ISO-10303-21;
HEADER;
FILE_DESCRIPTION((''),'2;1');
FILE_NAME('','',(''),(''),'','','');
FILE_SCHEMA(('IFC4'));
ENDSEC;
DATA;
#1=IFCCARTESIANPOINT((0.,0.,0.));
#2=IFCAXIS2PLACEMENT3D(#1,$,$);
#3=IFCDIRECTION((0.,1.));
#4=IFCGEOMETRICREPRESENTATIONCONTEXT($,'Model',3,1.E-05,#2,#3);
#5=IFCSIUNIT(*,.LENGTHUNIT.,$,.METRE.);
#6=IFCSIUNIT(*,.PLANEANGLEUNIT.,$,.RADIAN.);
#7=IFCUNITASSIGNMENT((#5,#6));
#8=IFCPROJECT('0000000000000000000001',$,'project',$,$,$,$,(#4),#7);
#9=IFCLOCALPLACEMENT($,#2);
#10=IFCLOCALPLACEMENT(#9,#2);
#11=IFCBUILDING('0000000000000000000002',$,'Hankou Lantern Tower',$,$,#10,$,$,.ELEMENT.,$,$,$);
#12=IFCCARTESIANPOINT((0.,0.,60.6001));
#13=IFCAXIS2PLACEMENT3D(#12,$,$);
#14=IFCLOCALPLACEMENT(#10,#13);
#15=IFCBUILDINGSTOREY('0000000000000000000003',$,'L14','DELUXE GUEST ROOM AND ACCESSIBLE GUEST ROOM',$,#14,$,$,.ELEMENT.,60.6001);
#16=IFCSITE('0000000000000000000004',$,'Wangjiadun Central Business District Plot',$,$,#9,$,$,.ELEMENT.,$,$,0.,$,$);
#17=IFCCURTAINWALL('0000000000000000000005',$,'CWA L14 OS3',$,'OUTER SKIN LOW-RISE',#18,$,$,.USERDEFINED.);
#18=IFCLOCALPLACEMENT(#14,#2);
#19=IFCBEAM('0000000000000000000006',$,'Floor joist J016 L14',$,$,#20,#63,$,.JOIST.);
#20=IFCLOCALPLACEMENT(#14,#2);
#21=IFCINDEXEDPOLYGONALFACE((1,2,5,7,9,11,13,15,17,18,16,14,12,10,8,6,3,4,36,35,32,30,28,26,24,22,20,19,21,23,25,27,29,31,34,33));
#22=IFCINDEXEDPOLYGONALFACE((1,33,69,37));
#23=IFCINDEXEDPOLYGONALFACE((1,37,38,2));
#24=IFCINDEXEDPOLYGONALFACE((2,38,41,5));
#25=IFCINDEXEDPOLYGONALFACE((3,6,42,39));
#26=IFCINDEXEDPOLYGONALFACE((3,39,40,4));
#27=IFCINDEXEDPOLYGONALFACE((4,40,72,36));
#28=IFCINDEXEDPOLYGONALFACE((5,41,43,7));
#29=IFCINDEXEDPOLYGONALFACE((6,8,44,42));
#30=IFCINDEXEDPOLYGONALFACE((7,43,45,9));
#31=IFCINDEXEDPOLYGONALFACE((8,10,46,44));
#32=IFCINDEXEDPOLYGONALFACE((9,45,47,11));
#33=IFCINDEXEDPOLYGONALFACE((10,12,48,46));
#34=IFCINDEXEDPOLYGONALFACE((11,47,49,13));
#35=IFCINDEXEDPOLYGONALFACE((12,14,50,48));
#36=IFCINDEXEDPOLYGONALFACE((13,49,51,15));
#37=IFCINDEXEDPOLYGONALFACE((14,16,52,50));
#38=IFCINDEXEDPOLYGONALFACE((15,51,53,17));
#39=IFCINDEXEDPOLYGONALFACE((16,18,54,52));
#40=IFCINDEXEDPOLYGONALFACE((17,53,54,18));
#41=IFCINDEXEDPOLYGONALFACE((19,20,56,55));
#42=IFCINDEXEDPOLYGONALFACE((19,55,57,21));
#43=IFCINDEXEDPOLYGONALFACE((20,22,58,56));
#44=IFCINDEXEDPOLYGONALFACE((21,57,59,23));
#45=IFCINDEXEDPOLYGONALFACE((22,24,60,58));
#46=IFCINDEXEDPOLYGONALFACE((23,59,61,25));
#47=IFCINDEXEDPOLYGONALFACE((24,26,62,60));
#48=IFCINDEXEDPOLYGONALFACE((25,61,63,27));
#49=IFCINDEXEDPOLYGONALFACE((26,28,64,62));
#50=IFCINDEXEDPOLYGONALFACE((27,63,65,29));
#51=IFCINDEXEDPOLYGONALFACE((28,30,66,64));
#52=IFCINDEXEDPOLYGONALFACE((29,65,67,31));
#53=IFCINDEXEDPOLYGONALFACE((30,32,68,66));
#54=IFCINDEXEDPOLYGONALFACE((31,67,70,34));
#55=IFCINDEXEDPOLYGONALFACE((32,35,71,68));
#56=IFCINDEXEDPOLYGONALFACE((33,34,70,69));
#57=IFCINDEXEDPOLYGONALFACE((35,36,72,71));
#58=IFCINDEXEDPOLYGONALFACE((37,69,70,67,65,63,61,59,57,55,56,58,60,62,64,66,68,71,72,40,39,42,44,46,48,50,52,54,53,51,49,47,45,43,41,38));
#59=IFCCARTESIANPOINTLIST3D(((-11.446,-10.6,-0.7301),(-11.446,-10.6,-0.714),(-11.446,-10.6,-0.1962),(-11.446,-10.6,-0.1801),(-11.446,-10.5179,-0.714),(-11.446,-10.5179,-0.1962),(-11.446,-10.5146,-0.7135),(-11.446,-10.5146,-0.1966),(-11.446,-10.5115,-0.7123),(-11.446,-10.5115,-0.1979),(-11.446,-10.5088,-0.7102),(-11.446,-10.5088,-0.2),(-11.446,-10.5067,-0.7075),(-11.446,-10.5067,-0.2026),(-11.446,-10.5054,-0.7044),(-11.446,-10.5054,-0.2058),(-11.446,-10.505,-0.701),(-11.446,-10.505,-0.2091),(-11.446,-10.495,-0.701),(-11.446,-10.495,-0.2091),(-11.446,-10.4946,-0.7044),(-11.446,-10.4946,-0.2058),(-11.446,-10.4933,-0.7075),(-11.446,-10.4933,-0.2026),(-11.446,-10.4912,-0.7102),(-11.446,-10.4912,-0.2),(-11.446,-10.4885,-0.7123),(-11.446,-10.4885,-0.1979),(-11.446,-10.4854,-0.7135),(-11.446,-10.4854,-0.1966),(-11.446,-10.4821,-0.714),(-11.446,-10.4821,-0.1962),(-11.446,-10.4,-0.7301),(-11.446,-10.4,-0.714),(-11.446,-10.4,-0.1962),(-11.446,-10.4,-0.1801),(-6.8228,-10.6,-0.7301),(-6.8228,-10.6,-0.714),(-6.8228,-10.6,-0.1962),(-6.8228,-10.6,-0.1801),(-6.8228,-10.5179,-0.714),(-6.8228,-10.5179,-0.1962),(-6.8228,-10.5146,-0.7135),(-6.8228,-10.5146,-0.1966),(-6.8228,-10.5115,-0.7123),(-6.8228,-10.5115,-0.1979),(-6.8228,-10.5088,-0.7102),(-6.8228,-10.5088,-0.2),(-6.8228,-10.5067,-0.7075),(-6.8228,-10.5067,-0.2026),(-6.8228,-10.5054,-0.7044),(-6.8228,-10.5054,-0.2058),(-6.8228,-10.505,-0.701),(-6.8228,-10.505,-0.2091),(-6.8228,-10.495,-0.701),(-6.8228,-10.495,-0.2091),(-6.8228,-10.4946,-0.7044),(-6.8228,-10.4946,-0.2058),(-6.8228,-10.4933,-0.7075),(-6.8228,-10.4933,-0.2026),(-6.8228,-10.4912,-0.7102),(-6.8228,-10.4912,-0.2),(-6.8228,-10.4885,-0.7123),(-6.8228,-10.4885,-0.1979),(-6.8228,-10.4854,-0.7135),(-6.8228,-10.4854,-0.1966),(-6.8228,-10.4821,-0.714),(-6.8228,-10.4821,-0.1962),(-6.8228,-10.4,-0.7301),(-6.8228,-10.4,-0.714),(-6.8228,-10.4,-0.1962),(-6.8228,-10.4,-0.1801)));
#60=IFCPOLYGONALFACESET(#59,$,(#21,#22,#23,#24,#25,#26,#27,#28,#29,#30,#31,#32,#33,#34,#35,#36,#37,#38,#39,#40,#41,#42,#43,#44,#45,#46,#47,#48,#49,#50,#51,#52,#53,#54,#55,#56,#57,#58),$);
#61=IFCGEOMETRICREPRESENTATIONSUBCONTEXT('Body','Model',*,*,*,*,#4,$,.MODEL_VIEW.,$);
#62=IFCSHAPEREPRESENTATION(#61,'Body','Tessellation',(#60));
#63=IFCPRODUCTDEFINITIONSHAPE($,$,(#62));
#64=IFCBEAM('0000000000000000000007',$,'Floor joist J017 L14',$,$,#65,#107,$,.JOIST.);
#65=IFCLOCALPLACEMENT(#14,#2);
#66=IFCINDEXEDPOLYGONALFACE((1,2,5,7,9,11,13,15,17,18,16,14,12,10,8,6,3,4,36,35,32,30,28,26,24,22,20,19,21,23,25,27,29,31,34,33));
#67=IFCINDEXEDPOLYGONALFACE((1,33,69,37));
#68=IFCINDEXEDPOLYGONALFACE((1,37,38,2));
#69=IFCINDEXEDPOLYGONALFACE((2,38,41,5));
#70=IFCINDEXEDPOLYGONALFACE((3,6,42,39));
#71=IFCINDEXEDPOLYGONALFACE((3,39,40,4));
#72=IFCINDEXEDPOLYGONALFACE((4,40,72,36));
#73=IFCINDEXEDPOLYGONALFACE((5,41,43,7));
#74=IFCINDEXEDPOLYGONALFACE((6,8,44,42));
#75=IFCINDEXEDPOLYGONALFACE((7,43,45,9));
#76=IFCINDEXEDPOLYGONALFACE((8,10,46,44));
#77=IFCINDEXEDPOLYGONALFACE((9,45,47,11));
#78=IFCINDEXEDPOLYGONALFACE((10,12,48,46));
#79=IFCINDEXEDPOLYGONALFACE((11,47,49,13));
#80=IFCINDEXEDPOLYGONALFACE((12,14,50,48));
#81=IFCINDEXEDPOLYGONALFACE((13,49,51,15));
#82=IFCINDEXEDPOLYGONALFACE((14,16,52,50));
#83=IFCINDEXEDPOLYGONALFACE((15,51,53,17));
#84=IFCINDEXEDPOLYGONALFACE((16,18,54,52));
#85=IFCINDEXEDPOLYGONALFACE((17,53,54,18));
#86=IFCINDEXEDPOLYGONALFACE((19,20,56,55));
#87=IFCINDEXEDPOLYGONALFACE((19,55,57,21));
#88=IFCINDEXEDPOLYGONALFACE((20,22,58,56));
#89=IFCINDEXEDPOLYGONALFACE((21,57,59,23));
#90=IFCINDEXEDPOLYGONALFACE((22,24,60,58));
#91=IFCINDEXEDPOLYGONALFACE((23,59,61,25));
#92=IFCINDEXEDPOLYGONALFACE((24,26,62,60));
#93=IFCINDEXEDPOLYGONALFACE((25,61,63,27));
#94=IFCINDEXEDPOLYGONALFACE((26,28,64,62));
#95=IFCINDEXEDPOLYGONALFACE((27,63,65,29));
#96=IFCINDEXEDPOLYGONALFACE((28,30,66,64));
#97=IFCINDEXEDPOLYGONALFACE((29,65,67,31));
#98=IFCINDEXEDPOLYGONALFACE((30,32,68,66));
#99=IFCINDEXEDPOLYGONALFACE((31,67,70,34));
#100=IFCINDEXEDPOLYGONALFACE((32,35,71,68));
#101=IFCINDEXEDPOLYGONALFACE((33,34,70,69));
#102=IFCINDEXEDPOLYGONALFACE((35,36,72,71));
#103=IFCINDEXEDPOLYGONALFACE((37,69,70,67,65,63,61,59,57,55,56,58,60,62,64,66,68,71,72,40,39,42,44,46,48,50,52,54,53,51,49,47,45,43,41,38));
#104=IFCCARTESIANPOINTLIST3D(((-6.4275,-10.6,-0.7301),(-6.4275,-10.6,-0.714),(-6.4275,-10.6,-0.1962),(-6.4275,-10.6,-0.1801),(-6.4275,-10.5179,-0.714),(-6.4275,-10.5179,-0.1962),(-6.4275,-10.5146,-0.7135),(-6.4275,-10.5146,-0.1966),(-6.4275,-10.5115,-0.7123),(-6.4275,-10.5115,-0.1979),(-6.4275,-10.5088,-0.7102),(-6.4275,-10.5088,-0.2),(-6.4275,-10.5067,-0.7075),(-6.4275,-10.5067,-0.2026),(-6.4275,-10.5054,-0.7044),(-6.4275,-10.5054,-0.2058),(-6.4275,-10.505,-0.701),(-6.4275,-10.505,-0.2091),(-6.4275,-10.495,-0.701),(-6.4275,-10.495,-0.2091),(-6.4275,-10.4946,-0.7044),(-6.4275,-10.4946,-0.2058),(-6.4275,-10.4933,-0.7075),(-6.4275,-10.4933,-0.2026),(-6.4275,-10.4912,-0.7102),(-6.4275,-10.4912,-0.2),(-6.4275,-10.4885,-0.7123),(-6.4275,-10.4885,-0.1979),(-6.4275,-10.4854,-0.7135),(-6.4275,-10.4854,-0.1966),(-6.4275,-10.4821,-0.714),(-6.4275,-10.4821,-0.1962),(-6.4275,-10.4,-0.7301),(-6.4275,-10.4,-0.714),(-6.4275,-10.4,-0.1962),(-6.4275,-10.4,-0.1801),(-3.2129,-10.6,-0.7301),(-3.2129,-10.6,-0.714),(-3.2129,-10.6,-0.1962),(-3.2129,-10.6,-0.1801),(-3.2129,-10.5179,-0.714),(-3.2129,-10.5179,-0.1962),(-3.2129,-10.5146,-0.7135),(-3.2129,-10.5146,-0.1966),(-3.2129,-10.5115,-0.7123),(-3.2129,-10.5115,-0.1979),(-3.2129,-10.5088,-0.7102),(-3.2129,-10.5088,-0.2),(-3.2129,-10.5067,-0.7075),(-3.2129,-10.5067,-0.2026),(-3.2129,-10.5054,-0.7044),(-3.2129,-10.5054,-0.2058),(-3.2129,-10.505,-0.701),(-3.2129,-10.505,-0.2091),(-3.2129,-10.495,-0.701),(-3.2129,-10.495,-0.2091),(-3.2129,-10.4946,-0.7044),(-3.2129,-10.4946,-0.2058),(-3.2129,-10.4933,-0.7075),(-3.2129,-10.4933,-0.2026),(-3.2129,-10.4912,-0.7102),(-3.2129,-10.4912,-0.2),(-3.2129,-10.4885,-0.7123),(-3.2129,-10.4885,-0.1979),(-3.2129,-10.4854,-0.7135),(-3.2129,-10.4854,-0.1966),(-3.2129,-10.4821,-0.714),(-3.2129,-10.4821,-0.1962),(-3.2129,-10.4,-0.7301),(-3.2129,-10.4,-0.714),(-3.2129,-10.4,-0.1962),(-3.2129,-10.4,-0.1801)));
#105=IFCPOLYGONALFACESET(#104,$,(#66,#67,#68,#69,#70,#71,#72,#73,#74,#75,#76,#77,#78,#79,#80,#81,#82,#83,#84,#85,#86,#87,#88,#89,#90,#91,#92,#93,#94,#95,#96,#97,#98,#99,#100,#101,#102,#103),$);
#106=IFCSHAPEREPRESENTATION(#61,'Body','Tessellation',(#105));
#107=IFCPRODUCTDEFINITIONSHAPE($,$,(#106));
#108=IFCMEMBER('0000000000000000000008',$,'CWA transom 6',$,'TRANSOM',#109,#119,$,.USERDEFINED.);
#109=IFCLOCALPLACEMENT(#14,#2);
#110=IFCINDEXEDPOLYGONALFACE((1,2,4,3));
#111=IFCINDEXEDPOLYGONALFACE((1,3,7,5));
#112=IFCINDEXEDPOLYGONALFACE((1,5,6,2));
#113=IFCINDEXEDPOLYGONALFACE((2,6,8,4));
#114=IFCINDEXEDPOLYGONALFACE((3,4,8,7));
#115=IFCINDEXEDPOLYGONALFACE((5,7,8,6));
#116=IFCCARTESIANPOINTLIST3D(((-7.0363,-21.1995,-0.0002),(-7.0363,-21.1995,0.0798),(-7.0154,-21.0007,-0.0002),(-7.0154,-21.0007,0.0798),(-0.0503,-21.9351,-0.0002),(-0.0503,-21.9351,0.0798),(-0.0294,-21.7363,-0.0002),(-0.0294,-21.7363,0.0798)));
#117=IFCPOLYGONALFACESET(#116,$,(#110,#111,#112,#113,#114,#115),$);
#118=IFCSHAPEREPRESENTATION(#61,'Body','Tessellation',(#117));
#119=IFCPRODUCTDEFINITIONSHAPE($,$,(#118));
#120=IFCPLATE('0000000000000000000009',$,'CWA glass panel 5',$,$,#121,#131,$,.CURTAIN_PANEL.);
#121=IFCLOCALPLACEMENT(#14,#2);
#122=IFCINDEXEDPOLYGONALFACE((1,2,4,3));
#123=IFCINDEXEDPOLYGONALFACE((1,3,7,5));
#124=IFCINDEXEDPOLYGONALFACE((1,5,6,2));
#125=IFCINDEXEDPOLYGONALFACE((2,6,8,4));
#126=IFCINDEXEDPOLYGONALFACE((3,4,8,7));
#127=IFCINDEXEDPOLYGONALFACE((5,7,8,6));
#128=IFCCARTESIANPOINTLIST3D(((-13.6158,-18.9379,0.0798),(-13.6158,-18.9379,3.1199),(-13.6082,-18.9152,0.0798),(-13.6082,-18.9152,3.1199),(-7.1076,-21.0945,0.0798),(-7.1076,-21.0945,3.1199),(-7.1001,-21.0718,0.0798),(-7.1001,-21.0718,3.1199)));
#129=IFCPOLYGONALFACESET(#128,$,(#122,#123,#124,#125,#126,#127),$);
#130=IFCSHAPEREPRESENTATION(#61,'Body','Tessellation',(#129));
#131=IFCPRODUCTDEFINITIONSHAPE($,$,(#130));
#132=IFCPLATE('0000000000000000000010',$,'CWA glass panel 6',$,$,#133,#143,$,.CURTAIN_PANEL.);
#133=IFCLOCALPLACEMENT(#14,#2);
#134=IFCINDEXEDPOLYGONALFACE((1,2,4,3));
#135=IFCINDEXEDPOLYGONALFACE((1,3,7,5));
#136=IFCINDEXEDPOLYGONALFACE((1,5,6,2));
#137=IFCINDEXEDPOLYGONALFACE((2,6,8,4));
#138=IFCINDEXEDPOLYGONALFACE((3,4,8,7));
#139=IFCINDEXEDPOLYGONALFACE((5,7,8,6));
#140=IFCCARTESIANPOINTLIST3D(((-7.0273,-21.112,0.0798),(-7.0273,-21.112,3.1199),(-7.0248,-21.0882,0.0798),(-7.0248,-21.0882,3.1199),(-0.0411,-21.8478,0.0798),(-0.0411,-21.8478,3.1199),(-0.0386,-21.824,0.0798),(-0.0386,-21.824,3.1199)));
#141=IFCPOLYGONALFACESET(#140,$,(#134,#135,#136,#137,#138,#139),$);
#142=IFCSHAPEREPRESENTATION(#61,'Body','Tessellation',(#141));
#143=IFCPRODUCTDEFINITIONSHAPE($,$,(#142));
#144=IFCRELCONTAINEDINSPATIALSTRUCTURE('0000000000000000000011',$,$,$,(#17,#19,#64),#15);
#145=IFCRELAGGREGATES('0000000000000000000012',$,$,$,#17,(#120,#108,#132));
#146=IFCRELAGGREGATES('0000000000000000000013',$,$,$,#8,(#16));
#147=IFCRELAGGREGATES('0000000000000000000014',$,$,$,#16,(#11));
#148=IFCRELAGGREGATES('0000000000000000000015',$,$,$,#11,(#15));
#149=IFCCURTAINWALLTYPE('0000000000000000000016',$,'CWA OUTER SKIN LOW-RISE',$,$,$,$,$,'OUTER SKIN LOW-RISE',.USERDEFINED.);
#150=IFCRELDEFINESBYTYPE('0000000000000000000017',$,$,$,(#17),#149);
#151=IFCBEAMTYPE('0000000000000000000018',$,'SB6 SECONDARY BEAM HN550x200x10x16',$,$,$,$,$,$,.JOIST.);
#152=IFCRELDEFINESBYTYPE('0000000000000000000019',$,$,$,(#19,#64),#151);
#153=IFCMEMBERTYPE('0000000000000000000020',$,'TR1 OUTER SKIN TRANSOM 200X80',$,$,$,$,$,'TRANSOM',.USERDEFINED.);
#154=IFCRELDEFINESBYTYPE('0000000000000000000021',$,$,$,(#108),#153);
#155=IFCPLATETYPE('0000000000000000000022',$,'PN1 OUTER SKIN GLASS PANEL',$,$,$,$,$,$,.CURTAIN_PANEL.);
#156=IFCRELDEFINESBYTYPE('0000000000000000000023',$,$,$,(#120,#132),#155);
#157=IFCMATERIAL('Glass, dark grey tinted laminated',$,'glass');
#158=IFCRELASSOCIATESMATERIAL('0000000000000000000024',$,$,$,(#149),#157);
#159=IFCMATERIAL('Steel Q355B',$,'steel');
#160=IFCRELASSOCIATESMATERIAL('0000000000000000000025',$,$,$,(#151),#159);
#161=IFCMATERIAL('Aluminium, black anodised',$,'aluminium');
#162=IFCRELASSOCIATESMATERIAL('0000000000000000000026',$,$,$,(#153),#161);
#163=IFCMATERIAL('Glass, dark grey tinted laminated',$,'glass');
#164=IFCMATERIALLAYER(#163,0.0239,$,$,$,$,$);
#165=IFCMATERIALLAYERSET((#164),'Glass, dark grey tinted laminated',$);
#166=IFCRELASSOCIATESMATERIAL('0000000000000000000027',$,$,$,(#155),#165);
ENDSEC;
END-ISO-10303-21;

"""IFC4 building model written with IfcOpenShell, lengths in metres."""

from ifc_helpers import new_model, si_unit, direction, frame, origin, origin_2d, place, context, subcontext, project, spatial, rectangle, i_section, extrude, material, layer, layer_set, material_profile, profile_set, type_object, element, aggregate, save


model = new_model("IFC4")

# Units and contexts
model_context = context("Model", 3, precision=1e-05, world=origin(), true_north=direction((0.0, 1.0)))
body_context = subcontext(model_context, "Body", "Model", "MODEL_VIEW")
ifc_project = project(units=[si_unit("LENGTHUNIT", "METRE"), si_unit("PLANEANGLEUNIT", "RADIAN")], contexts=[model_context])

# Site, building, storey
site_placement = place(None, origin())
site = spatial("IfcSite", under=ifc_project, at=site_placement, Name="Wangjiadun Central Business District Plot", CompositionType="ELEMENT", RefElevation=0.0)
building_placement = place(site_placement, origin())
building = spatial("IfcBuilding", under=site, at=building_placement, Name="Hankou Lantern Tower", CompositionType="ELEMENT")
storey_placement = place(building_placement, frame((0.0, 0.0, 60.6001)))
storey = spatial("IfcBuildingStorey", under=building, at=storey_placement, Name="L14", Description="DELUXE GUEST ROOM AND ACCESSIBLE GUEST ROOM", CompositionType="ELEMENT", Elevation=60.6001)

# Curtain wall
ifc_material_1 = material(Name="Glass, dark grey tinted laminated", Category="glass")
curtain_wall_type = type_object("IfcCurtainWallType", Name="CWA OUTER SKIN LOW-RISE", ElementType="OUTER SKIN LOW-RISE", PredefinedType="USERDEFINED", material=ifc_material_1)
curtain_wall_placement = place(storey_placement, origin())
curtain_wall = element("IfcCurtainWall", 1, at=curtain_wall_placement, inside=storey, type_object=curtain_wall_type, Name="CWA L14 OS3", ObjectType="OUTER SKIN LOW-RISE", PredefinedType="USERDEFINED")

# Beams
ifc_material_2 = material(Name="Steel Q355B", Category="steel")
ifc_material_profile_1 = material_profile(ifc_material_2, i_section(OverallWidth=0.2, OverallDepth=0.55, WebThickness=0.01, FlangeThickness=0.0161, FilletRadius=0.0129, at=origin_2d()), Name="HN550x200x10x16")
ifc_profile_set_1 = profile_set([ifc_material_profile_1], Name="Steel Q355B")
beam_type_1 = type_object("IfcBeamType", Name="SB6 SECONDARY BEAM HN550x200x10x16", PredefinedType="JOIST", material=ifc_profile_set_1)
beam_1_placement = place(storey_placement, frame((-11.446, -10.5, -0.4551), z_axis=(1.0, 0.0, 0.0), x_axis=(0.0, 1.0, 0.0)))
element("IfcBeam", 2, at=beam_1_placement, inside=storey, type_object=beam_type_1, Name="Floor joist J016 L14", PredefinedType="JOIST", context=body_context, shape_type="SweptSolid", body=[
    extrude(i_section(OverallWidth=0.2, OverallDepth=0.55, WebThickness=0.01, FlangeThickness=0.0161, FilletRadius=0.0129, at=origin_2d()), origin(), (0.0, 0.0, 1.0), 4.6233),
])
beam_2_placement = place(storey_placement, frame((-6.4275, -10.5, -0.4551), z_axis=(1.0, 0.0, 0.0), x_axis=(0.0, 1.0, 0.0)))
element("IfcBeam", 3, at=beam_2_placement, inside=storey, type_object=beam_type_1, Name="Floor joist J017 L14", PredefinedType="JOIST", context=body_context, shape_type="SweptSolid", body=[
    extrude(i_section(OverallWidth=0.2, OverallDepth=0.55, WebThickness=0.01, FlangeThickness=0.0161, FilletRadius=0.0129, at=origin_2d()), origin(), (0.0, 0.0, 1.0), 3.2146),
])

# Member
ifc_material_3 = material(Name="Aluminium, black anodised", Category="aluminium")
ifc_material_profile_2 = material_profile(ifc_material_3, rectangle(XDim=0.2, YDim=0.0801, at=origin_2d()), Name="TR1 200X80")
ifc_profile_set_2 = profile_set([ifc_material_profile_2], Name="Aluminium, black anodised")
member_type_1 = type_object("IfcMemberType", Name="TR1 OUTER SKIN TRANSOM 200X80", ElementType="TRANSOM", PredefinedType="USERDEFINED", material=ifc_profile_set_2)
member_1_placement = place(storey_placement, frame((-7.0259, -21.1001, 0.0398), z_axis=(0.994502, -0.104716, 0.0), x_axis=(0.104716, 0.994502, 0.0)))
member_1 = element("IfcMember", 4, at=member_1_placement, type_object=member_type_1, Name="CWA transom 6", ObjectType="TRANSOM", PredefinedType="USERDEFINED", context=body_context, shape_type="SweptSolid", body=[
    extrude(rectangle(XDim=0.2, YDim=0.0801, at=origin_2d()), origin(), (0.0, 0.0, 1.0), 7.0247),
])

# Plates
ifc_material_4 = material(Name="Glass, dark grey tinted laminated", Category="glass")
ifc_layer_1 = layer(ifc_material_4, 0.0239)
ifc_layer_set_1 = layer_set([ifc_layer_1], Name="Glass, dark grey tinted laminated")
plate_type = type_object("IfcPlateType", Name="PN1 OUTER SKIN GLASS PANEL", PredefinedType="CURTAIN_PANEL", material=ifc_layer_set_1)
plate_1_placement = place(storey_placement, frame((-10.3579, -20.0049, 0.0798), z_axis=(0.0, 0.0, 1.0), x_axis=(0.949241, -0.314551, 0.0)))
plate_1 = element("IfcPlate", 5, at=plate_1_placement, type_object=plate_type, Name="CWA glass panel 5", PredefinedType="CURTAIN_PANEL", context=body_context, shape_type="SweptSolid", body=[
    extrude(rectangle(XDim=6.8562, YDim=0.0239, at=origin_2d()), origin(), (0.0, 0.0, 1.0), 3.04),
])
plate_2_placement = place(storey_placement, frame((-3.533, -21.468, 0.0798), z_axis=(0.0, 0.0, 1.0), x_axis=(0.994499, -0.104743, 0.0)))
plate_2 = element("IfcPlate", 6, at=plate_2_placement, type_object=plate_type, Name="CWA glass panel 6", PredefinedType="CURTAIN_PANEL", context=body_context, shape_type="SweptSolid", body=[
    extrude(rectangle(XDim=7.0249, YDim=0.0239, at=origin_2d()), origin(), (0.0, 0.0, 1.0), 3.04),
])
aggregate(curtain_wall, [plate_1, member_1, plate_2])

save(model, "model.ifc")
